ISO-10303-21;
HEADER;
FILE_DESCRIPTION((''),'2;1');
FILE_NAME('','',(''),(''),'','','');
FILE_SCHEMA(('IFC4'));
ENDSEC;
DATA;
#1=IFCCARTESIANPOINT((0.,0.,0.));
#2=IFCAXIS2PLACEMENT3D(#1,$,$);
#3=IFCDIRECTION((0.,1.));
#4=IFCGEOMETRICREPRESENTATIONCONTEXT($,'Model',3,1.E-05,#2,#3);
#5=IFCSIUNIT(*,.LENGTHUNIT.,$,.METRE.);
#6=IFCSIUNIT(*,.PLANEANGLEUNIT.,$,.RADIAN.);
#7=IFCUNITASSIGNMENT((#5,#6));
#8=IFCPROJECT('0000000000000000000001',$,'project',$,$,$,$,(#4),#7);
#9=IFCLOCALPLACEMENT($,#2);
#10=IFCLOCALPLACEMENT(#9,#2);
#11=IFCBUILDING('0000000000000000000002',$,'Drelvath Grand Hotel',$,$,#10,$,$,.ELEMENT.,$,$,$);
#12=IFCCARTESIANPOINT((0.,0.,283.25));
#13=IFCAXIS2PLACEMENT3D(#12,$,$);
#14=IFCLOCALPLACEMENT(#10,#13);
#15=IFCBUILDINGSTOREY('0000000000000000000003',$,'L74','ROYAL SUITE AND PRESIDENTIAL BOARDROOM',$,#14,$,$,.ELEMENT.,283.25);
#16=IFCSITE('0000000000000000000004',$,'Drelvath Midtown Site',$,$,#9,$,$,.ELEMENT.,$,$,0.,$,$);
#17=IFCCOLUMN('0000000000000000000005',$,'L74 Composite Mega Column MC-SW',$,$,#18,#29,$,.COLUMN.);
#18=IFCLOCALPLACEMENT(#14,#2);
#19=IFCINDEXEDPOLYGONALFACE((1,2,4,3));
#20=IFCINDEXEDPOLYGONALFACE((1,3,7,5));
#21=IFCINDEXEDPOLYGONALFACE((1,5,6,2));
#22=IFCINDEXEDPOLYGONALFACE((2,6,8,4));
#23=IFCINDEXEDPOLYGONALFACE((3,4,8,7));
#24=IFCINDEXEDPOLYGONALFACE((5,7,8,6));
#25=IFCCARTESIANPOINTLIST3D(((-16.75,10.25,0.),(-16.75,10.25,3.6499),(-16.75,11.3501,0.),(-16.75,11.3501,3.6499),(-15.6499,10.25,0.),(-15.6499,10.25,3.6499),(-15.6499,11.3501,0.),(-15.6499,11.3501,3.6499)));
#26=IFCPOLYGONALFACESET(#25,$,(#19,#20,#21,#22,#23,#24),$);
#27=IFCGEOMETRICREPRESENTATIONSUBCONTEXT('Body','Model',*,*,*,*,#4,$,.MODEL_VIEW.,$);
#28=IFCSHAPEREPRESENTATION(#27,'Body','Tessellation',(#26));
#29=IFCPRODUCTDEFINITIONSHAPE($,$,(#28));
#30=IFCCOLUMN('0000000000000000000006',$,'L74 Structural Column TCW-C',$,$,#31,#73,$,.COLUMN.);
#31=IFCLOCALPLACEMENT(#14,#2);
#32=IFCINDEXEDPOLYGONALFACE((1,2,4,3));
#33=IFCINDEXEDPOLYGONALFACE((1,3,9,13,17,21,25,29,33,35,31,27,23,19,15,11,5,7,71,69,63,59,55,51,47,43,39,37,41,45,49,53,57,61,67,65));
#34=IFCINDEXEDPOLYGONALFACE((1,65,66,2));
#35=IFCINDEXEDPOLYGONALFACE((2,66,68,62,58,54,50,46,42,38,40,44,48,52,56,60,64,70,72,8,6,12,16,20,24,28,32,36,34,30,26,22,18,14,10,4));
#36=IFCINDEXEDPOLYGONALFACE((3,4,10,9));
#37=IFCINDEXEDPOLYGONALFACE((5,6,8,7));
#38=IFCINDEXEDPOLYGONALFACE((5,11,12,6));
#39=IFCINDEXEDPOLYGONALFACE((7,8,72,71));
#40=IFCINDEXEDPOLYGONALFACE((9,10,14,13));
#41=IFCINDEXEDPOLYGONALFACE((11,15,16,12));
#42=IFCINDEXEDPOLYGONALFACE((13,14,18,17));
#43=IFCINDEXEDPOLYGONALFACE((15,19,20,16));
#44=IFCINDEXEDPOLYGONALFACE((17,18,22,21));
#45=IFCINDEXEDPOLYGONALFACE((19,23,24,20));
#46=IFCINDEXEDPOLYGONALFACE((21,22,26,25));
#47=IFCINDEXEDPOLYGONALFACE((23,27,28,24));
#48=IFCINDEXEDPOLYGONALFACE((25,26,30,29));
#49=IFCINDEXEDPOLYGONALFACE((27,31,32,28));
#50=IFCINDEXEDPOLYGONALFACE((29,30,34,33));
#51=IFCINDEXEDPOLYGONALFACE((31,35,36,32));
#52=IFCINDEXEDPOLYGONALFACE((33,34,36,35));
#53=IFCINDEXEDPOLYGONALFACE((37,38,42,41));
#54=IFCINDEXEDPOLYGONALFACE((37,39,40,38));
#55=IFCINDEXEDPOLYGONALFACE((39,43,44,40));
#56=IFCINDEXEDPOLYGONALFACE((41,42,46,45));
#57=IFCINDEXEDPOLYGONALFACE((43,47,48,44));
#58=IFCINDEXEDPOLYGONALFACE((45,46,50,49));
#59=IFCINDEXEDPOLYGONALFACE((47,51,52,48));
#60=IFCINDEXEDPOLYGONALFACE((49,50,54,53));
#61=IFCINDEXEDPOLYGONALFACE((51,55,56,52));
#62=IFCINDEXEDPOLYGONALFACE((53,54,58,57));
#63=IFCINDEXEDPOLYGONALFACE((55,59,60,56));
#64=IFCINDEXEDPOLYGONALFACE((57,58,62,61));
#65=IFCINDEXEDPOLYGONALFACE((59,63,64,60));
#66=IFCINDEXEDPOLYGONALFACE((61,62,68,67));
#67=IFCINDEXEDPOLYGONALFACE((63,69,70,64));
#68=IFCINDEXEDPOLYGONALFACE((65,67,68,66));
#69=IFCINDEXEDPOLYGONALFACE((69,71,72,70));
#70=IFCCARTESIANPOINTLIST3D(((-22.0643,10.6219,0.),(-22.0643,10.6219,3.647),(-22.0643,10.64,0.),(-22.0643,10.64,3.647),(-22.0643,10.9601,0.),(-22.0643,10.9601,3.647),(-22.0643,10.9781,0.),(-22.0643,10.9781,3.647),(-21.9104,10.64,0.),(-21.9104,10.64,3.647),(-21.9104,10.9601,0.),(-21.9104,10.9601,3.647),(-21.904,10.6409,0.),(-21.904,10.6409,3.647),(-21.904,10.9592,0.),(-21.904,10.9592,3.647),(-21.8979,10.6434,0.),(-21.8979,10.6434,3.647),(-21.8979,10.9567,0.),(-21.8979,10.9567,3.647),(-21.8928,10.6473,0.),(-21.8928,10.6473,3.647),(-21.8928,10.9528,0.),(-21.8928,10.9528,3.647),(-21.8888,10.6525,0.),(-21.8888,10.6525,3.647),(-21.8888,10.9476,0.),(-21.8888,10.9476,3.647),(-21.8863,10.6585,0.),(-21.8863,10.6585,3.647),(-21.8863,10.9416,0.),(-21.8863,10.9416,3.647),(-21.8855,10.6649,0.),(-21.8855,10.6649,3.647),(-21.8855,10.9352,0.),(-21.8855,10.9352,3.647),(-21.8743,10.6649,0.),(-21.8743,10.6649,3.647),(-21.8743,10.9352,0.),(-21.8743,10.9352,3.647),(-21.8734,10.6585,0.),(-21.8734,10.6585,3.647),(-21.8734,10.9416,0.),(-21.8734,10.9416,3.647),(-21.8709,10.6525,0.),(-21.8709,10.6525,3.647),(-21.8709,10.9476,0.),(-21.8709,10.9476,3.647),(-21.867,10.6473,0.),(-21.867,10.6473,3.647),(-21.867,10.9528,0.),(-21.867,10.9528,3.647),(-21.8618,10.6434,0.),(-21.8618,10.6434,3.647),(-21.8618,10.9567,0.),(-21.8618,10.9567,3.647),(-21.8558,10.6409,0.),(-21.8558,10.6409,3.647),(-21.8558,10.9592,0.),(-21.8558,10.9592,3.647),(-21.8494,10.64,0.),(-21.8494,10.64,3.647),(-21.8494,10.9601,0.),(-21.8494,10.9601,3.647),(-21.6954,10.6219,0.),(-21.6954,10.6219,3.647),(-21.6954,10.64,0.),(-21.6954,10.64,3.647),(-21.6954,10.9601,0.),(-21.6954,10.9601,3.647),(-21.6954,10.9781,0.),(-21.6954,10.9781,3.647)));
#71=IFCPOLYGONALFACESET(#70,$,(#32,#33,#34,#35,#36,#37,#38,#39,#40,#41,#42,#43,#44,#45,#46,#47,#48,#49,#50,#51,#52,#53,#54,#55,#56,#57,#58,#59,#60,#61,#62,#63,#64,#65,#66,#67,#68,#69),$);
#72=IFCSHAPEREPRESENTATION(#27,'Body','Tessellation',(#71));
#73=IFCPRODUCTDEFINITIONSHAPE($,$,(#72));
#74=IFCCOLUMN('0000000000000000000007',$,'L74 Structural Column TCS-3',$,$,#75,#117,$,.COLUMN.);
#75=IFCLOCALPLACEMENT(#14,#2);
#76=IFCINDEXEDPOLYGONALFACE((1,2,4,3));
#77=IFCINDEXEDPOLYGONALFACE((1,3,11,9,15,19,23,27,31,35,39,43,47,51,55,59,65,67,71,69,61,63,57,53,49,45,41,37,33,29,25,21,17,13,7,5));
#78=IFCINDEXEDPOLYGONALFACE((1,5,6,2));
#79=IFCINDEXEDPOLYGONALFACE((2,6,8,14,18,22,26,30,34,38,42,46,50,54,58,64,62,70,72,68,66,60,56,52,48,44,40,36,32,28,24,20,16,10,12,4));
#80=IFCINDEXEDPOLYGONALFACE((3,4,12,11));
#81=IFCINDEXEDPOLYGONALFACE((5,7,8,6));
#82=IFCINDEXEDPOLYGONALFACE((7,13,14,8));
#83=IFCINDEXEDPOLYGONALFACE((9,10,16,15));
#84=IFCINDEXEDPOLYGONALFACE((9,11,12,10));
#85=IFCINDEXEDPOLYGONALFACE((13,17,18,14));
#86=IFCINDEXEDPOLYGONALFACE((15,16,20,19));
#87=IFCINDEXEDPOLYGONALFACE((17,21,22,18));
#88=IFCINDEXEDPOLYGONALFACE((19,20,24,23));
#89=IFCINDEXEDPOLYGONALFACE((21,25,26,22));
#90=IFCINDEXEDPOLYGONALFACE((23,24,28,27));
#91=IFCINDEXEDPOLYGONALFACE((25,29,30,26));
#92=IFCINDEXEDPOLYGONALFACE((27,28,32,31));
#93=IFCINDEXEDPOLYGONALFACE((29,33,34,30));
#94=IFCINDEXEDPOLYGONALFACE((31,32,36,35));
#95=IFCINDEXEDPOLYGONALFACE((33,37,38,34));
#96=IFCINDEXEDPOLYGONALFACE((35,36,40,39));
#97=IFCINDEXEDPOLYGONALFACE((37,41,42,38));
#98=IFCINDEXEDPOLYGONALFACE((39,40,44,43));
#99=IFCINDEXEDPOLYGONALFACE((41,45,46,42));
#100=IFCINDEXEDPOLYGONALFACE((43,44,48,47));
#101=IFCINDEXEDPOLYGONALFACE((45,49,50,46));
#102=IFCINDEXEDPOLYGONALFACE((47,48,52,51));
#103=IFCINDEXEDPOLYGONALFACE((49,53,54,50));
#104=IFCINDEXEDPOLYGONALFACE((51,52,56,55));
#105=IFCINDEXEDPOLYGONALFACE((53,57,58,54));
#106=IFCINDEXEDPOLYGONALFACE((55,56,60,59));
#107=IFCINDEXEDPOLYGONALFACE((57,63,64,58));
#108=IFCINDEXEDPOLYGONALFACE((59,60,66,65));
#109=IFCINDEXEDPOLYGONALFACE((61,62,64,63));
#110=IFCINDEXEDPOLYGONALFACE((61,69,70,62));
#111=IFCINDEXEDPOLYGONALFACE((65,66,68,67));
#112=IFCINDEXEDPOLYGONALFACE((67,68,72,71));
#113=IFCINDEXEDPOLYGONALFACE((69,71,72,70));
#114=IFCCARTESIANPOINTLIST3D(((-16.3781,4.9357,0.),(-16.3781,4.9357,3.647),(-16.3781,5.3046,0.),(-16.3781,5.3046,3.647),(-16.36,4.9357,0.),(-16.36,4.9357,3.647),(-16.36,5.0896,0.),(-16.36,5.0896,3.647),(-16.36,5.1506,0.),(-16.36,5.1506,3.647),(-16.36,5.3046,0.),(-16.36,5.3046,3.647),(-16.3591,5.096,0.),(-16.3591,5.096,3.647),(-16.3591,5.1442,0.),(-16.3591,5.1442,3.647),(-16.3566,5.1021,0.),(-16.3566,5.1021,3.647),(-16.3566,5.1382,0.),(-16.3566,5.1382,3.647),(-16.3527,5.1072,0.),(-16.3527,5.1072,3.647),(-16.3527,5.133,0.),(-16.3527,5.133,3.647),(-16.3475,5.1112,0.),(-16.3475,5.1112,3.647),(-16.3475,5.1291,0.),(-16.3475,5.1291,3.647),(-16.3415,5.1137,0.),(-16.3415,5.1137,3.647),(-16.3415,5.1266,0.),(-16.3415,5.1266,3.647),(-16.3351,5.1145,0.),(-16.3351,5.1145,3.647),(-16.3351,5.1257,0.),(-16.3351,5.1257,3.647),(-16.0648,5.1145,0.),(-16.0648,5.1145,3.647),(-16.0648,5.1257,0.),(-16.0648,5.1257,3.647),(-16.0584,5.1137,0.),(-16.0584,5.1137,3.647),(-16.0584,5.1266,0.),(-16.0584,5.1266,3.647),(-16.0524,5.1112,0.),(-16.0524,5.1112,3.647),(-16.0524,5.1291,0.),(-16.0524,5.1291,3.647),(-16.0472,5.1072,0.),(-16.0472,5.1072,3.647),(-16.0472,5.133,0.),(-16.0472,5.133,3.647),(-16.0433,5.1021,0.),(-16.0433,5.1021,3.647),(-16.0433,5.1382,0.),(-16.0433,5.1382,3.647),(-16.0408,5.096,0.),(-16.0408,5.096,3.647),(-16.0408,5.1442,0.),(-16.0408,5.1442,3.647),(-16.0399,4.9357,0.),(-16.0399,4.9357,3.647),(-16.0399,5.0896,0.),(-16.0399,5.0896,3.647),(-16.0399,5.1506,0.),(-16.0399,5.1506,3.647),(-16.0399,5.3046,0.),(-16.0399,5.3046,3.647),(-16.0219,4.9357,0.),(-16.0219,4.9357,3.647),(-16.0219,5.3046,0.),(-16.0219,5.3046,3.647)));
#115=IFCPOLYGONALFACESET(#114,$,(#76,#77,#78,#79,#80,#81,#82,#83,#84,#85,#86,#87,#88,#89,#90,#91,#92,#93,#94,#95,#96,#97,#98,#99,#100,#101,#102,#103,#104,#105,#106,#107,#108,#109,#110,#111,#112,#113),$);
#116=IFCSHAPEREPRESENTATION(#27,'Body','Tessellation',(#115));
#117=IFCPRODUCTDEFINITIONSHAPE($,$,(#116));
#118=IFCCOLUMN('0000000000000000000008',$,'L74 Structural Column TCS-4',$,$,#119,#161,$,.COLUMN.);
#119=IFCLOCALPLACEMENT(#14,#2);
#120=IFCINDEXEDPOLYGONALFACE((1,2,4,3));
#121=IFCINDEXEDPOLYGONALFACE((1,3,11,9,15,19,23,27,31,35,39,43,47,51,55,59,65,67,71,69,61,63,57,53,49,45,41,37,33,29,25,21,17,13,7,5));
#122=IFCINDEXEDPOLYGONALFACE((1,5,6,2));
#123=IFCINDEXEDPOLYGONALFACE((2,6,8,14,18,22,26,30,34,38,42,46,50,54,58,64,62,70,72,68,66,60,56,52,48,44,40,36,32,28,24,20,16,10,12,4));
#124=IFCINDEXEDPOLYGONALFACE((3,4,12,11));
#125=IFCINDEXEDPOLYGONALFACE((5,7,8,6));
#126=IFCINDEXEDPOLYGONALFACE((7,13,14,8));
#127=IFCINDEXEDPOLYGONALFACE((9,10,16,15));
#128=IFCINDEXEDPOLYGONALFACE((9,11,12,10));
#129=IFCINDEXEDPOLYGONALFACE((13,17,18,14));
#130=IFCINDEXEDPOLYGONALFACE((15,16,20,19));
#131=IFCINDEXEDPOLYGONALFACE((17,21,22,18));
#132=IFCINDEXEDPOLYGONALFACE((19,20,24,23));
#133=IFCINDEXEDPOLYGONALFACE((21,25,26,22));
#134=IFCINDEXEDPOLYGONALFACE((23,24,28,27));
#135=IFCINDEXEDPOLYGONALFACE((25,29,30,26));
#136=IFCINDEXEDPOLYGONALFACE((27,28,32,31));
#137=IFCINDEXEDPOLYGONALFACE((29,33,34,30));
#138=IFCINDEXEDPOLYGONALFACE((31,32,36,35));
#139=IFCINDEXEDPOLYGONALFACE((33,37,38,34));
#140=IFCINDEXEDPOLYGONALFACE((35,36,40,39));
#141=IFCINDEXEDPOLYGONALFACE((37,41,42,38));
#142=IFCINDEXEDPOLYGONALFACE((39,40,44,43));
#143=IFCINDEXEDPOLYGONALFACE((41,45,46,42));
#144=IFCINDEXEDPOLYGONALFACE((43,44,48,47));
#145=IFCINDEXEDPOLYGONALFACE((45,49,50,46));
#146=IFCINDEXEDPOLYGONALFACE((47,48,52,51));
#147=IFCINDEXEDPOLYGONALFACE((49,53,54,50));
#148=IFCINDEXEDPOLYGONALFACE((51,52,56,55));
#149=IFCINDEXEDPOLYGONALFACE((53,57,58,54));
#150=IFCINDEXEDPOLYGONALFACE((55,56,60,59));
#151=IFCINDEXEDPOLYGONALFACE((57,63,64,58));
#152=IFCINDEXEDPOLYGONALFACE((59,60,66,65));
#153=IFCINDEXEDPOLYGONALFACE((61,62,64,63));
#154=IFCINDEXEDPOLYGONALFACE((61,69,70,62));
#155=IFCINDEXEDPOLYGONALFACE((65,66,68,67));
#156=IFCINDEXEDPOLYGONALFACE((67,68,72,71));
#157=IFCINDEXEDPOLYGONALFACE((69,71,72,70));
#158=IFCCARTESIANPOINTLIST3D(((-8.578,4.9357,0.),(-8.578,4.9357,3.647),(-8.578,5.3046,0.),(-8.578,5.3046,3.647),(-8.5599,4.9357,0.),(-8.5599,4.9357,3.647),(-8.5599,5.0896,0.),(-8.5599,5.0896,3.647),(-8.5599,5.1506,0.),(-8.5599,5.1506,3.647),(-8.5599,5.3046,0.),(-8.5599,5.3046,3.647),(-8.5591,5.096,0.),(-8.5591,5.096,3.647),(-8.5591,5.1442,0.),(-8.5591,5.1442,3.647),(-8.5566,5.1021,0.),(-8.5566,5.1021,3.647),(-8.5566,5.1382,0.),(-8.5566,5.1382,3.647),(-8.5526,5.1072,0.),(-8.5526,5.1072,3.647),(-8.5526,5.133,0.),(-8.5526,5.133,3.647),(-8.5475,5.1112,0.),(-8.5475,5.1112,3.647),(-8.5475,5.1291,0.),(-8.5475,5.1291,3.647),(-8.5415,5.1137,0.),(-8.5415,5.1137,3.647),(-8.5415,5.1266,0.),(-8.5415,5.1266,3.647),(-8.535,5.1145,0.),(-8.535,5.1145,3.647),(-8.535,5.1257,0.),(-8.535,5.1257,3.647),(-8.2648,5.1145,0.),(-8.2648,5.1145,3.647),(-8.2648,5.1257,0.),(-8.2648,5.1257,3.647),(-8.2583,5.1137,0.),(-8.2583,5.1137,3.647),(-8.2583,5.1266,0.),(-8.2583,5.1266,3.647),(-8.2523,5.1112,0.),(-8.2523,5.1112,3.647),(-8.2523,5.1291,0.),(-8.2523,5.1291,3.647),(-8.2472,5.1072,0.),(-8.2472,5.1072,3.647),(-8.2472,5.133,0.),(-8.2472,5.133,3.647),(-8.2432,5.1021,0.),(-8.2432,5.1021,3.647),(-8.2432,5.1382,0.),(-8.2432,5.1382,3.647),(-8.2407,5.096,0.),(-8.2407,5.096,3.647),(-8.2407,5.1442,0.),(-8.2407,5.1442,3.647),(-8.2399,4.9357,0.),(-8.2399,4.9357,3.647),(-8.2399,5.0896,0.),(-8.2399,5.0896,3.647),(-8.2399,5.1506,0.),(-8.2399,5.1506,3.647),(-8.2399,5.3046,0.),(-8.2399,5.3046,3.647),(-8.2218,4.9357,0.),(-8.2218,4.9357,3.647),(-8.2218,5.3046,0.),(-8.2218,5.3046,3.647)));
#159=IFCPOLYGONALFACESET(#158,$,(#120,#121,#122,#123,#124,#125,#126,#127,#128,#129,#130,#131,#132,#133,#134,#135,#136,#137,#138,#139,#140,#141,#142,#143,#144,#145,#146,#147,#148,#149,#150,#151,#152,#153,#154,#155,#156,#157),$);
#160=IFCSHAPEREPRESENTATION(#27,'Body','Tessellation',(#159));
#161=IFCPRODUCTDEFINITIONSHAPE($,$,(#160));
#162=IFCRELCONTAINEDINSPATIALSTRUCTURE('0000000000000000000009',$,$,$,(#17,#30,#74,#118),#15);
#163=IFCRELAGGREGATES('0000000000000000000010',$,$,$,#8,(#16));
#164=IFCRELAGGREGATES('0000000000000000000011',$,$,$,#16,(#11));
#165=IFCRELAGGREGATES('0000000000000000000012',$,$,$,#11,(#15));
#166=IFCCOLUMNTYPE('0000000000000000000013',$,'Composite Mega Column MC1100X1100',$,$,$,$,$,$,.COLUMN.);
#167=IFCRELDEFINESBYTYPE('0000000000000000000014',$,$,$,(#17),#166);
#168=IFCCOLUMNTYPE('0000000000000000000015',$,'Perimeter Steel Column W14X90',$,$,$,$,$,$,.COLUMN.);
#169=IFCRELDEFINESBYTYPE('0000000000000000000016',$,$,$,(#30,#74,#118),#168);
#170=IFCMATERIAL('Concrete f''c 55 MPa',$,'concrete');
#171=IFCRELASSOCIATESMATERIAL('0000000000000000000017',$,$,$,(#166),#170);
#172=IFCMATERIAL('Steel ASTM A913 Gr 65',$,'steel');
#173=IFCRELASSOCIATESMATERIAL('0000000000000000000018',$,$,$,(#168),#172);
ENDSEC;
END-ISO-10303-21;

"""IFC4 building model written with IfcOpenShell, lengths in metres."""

from ifc_helpers import new_model, si_unit, direction, frame, origin, origin_2d, place, context, subcontext, project, spatial, rectangle, i_section, extrude, material, material_profile, profile_set, type_object, element, save


model = new_model("IFC4")

# Units and contexts
model_context = context("Model", 3, precision=1e-05, world=origin(), true_north=direction((0.0, 1.0)))
body_context = subcontext(model_context, "Body", "Model", "MODEL_VIEW")
ifc_project = project(units=[si_unit("LENGTHUNIT", "METRE"), si_unit("PLANEANGLEUNIT", "RADIAN")], contexts=[model_context])

# Site, building, storey
site_placement = place(None, origin())
site = spatial("IfcSite", under=ifc_project, at=site_placement, Name="Drelvath Midtown Site", CompositionType="ELEMENT", RefElevation=0.0)
building_placement = place(site_placement, origin())
building = spatial("IfcBuilding", under=site, at=building_placement, Name="Drelvath Grand Hotel", CompositionType="ELEMENT")
storey_placement = place(building_placement, frame((0.0, 0.0, 283.25)))
storey = spatial("IfcBuildingStorey", under=building, at=storey_placement, Name="L74", Description="ROYAL SUITE AND PRESIDENTIAL BOARDROOM", CompositionType="ELEMENT", Elevation=283.25)

# Columns
ifc_material_1 = material(Name="Concrete f'c 55 MPa", Category="concrete")
ifc_material_profile_1 = material_profile(ifc_material_1, rectangle(XDim=1.1001, YDim=1.1001, at=origin_2d()), Name="MC1100X1100")
ifc_profile_set_1 = profile_set([ifc_material_profile_1], Name="Concrete f'c 55 MPa")
column_type_1 = type_object("IfcColumnType", Name="Composite Mega Column MC1100X1100", PredefinedType="COLUMN", material=ifc_profile_set_1)
column_placement = place(storey_placement, frame((-16.2, 10.8, 0.0), z_axis=(0.0, 0.0, 1.0), x_axis=(1.0, 0.0, 0.0)))
element("IfcColumn", 1, at=column_placement, inside=storey, type_object=column_type_1, Name="L74 Composite Mega Column MC-SW", PredefinedType="COLUMN", context=body_context, shape_type="SweptSolid", body=[
    extrude(rectangle(XDim=1.1001, YDim=1.1001, at=origin_2d()), origin(), (0.0, 0.0, 1.0), 3.6499),
])
ifc_material_2 = material(Name="Steel ASTM A913 Gr 65", Category="steel")
ifc_material_profile_2 = material_profile(ifc_material_2, i_section(OverallWidth=0.3689, OverallDepth=0.3562, WebThickness=0.0112, FlangeThickness=0.0181, FilletRadius=0.0249, at=origin_2d()), Name="W14X90")
ifc_profile_set_2 = profile_set([ifc_material_profile_2], Name="Steel ASTM A913 Gr 65")
column_type_2 = type_object("IfcColumnType", Name="Perimeter Steel Column W14X90", PredefinedType="COLUMN", material=ifc_profile_set_2)
for number, where, z_axis, x_axis, name in (
    (2, (-21.8799, 10.8, 0.0), (0.0, 0.0, 1.0), (1.0, 0.0, 0.0), "L74 Structural Column TCW-C"),
    (3, (-16.2, 5.1201, 0.0), (0.0, 0.0, 1.0), (0.0, 1.0, 0.0), "L74 Structural Column TCS-3"),
    (4, (-8.3999, 5.1201, 0.0), (0.0, 0.0, 1.0), (0.0, 1.0, 0.0), "L74 Structural Column TCS-4"),
):
    element("IfcColumn", number, at=place(storey_placement, frame(where, z_axis=z_axis, x_axis=x_axis)), inside=storey, type_object=column_type_2, Name=name, PredefinedType="COLUMN", context=body_context, shape_type="SweptSolid", body=[
        extrude(i_section(OverallWidth=0.3689, OverallDepth=0.3562, WebThickness=0.0112, FlangeThickness=0.0181, FilletRadius=0.0249, at=origin_2d()), origin(), (0.0, 0.0, 1.0), 3.647),
    ])

save(model, "model.ifc")
